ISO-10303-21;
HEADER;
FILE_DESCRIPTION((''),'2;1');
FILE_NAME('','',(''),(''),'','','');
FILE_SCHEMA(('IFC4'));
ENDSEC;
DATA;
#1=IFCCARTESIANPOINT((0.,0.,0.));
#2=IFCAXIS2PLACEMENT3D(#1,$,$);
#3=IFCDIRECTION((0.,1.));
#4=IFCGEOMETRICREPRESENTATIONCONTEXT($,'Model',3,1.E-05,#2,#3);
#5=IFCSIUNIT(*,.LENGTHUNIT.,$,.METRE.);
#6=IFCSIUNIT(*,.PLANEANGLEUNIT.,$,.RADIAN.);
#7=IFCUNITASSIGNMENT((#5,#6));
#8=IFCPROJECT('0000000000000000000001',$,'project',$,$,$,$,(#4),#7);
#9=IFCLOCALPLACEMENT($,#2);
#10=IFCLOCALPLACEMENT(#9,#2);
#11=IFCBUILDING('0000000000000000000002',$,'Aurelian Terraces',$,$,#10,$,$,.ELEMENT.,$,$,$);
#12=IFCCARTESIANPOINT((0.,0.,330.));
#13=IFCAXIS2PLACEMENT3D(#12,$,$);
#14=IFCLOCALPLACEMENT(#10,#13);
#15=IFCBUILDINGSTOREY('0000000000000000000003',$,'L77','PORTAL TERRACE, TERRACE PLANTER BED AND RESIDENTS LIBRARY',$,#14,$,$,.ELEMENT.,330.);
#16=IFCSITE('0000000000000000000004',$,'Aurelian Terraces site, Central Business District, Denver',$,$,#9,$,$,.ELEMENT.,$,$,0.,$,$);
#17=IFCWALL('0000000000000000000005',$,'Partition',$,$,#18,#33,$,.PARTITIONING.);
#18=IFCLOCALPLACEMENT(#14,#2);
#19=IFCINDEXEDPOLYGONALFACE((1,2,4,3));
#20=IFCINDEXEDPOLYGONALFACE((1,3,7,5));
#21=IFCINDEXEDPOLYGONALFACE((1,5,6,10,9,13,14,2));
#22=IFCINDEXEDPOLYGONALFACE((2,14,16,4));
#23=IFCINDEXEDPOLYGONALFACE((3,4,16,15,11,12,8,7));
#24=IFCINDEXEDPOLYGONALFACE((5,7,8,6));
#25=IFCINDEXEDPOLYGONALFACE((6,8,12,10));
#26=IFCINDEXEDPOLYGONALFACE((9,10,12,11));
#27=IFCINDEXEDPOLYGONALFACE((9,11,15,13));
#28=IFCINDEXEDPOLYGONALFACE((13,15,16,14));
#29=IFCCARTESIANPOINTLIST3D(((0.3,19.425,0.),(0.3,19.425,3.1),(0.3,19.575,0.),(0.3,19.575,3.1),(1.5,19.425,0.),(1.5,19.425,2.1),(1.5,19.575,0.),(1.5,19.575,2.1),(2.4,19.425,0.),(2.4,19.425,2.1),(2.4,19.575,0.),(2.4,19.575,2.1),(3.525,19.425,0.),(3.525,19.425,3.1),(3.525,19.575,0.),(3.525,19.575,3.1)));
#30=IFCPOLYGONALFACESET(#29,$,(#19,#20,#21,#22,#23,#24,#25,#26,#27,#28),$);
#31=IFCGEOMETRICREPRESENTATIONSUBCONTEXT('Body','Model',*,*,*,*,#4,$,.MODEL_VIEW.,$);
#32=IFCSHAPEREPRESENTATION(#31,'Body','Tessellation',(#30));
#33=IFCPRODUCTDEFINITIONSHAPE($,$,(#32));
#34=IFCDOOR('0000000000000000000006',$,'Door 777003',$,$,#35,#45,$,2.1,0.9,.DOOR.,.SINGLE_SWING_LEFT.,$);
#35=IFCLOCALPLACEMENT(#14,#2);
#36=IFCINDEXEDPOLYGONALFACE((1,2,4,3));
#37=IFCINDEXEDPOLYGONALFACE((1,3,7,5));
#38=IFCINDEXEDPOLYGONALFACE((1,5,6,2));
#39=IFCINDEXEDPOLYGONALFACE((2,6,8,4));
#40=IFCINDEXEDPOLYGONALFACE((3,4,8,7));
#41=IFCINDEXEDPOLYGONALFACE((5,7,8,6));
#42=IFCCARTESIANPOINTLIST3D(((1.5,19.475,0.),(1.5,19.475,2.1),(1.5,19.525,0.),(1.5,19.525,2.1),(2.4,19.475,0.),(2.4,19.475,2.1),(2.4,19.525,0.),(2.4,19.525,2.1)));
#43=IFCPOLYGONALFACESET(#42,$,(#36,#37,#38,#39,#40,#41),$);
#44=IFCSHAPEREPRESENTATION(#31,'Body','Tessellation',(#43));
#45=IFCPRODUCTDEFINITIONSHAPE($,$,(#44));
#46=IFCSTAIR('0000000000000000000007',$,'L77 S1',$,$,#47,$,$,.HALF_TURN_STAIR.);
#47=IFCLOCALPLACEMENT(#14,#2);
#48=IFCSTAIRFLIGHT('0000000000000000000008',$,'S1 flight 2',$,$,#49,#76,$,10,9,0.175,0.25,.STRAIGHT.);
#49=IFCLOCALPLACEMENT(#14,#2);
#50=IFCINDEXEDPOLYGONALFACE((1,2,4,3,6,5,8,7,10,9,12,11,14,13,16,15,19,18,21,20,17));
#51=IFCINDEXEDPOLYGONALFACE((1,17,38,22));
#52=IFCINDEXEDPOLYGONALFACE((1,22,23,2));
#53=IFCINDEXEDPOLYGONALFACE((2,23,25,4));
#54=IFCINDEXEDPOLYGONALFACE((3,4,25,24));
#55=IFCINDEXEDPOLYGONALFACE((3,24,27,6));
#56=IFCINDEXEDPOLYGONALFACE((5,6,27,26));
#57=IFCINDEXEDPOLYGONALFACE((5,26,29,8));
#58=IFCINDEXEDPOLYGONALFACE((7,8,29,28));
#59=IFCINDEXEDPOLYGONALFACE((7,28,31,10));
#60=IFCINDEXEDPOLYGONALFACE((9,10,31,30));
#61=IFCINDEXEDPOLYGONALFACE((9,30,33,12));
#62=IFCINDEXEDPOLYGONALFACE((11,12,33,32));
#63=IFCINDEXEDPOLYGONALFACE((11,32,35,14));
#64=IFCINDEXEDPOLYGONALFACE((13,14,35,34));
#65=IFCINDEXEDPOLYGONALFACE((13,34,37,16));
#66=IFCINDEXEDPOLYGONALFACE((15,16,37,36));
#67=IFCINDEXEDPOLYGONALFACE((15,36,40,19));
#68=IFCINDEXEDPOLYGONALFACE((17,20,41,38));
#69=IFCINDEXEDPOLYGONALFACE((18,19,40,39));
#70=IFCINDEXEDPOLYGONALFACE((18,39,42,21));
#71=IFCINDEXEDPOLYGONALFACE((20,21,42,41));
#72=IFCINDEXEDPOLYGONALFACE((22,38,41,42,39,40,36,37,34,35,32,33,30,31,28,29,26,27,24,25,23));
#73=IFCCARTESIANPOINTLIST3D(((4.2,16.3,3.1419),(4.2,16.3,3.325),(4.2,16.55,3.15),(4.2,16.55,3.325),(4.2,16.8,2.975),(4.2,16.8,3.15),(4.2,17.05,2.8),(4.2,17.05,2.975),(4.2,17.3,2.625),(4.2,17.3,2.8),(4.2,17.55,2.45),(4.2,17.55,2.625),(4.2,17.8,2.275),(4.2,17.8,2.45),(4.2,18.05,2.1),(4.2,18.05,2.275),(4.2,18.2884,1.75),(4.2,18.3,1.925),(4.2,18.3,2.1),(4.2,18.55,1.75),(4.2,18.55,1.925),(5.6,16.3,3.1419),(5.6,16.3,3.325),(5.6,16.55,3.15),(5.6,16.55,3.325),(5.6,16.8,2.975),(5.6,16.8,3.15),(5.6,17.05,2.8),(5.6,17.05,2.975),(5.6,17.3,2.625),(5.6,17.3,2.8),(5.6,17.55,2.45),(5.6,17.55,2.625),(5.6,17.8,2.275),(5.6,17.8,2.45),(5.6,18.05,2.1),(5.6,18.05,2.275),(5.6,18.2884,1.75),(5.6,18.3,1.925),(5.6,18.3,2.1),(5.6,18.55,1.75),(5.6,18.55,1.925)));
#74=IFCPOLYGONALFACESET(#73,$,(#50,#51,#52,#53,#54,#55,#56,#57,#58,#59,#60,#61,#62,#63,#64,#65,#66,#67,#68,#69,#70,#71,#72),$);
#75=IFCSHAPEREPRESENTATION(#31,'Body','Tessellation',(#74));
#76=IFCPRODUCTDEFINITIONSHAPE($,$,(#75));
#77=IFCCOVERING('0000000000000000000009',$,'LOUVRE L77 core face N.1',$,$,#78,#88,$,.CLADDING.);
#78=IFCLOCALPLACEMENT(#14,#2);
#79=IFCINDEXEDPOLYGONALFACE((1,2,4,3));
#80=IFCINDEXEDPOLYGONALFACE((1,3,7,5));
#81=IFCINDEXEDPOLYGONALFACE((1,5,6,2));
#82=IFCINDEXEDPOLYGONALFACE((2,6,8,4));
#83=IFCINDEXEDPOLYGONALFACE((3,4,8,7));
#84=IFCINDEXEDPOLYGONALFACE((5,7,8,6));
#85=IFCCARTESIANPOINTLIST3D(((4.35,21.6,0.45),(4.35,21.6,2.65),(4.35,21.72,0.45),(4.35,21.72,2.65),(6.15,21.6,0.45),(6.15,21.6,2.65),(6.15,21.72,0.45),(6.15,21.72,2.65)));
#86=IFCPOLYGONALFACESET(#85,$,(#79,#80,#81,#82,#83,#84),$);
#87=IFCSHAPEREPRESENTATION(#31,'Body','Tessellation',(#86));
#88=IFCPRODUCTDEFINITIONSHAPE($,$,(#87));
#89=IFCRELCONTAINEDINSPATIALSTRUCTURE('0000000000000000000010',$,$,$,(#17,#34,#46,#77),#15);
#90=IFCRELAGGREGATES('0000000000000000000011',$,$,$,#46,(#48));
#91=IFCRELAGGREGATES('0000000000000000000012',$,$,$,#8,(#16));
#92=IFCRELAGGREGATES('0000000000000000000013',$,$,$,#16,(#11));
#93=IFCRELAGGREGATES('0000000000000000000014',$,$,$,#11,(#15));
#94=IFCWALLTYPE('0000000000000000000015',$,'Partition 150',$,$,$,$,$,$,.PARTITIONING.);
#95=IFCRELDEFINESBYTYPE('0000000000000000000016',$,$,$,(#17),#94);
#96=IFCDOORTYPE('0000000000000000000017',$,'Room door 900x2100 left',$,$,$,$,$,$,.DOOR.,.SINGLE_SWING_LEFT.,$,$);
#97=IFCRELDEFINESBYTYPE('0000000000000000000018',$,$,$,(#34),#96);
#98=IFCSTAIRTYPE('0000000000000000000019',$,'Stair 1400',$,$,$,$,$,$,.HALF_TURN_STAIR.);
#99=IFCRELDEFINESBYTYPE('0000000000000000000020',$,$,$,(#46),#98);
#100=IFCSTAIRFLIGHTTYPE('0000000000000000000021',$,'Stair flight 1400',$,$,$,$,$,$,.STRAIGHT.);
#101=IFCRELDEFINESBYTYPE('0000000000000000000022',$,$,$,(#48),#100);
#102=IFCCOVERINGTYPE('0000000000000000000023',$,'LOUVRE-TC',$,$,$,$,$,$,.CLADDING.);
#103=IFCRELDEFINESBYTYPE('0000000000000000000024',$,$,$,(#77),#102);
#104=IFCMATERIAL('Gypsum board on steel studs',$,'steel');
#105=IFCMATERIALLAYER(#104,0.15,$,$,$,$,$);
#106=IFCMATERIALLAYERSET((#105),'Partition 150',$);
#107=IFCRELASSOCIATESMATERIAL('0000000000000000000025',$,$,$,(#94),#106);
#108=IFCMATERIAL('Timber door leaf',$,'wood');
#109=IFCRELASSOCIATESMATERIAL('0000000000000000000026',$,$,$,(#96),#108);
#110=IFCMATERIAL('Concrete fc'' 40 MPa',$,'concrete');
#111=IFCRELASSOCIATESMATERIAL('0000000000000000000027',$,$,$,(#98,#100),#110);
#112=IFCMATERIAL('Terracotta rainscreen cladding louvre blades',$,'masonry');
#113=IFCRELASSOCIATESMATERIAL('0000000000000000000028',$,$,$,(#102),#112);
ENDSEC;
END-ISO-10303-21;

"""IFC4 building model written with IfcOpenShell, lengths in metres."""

from ifc_helpers import new_model, si_unit, direction, frame, frame_2d, origin, origin_2d, place, context, subcontext, project, spatial, polyline, rectangle, outline, extrude, source, transform, mapped, material, layer, layer_set, type_object, element, fill, aggregate, save


model = new_model("IFC4")

# Units and contexts
model_context = context("Model", 3, precision=1e-05, world=origin(), true_north=direction((0.0, 1.0)))
body_context = subcontext(model_context, "Body", "Model", "MODEL_VIEW")
ifc_project = project(units=[si_unit("LENGTHUNIT", "METRE"), si_unit("PLANEANGLEUNIT", "RADIAN")], contexts=[model_context])

# Site, building, storey
site_placement = place(None, origin())
site = spatial("IfcSite", under=ifc_project, at=site_placement, Name="Aurelian Terraces site, Central Business District, Denver", CompositionType="ELEMENT", RefElevation=0.0)
building_placement = place(site_placement, origin())
building = spatial("IfcBuilding", under=site, at=building_placement, Name="Aurelian Terraces", CompositionType="ELEMENT")
storey_placement = place(building_placement, frame((0.0, 0.0, 330.0)))
storey = spatial("IfcBuildingStorey", under=building, at=storey_placement, Name="L77", Description="PORTAL TERRACE, TERRACE PLANTER BED AND RESIDENTS LIBRARY", CompositionType="ELEMENT", Elevation=330.0)

# Wall, opening, door
ifc_material_1 = material(Name="Gypsum board on steel studs", Category="steel")
ifc_layer_1 = layer(ifc_material_1, 0.15)
ifc_layer_set_1 = layer_set([ifc_layer_1], Name="Partition 150")
wall_type_1 = type_object("IfcWallType", Name="Partition 150", PredefinedType="PARTITIONING", material=ifc_layer_set_1)
shared_shape_1 = source(origin(), body_context, "Body", "SweptSolid", [
    extrude(rectangle(XDim=3.225, YDim=0.15, at=frame_2d((1.6125, 0.0))), origin(), (0.0, 0.0, 1.0), 3.1),
])
wall_1_placement = place(storey_placement, frame((0.3, 19.5, 0.0), z_axis=(0.0, 0.0, 1.0), x_axis=(1.0, 0.0, 0.0)))
wall_1 = element("IfcWall", 1, at=wall_1_placement, inside=storey, type_object=wall_type_1, Name="Partition", PredefinedType="PARTITIONING", context=body_context, shape_type="MappedRepresentation", body=[
    mapped(shared_shape_1, transform((0.0, 0.0, 0.0), scale=1.0)),
])
shared_shape_2 = source(origin(), body_context, "Body", "SweptSolid", [
    extrude(rectangle(XDim=0.9, YDim=2.1, at=frame_2d((0.45, 1.05))), frame((0.0, 0.085, 0.0), z_axis=(0.0, -1.0, 0.0), x_axis=(1.0, 0.0, 0.0)), (0.0, 0.0, 1.0), 0.17),
])
opening_1_placement = place(wall_1_placement, frame((1.2, 0.0, 0.0)))
opening_1 = element("IfcOpeningElement", 2, at=opening_1_placement, cuts=wall_1, PredefinedType="OPENING", context=body_context, shape_type="MappedRepresentation", body=[
    mapped(shared_shape_2, transform((0.0, 0.0, 0.0), scale=1.0)),
])
ifc_material_2 = material(Name="Timber door leaf", Category="wood")
door_type = type_object("IfcDoorType", Name="Room door 900x2100 left", OperationType="SINGLE_SWING_LEFT", PredefinedType="DOOR", material=ifc_material_2)
shared_shape_3 = source(origin(), body_context, "Body", "SweptSolid", [
    extrude(rectangle(XDim=0.9, YDim=2.1, at=frame_2d((0.45, 1.05))), frame((0.0, 0.025, 0.0), z_axis=(0.0, -1.0, 0.0), x_axis=(1.0, 0.0, 0.0)), (0.0, 0.0, 1.0), 0.05),
])
door_placement = place(opening_1_placement, origin())
door = element("IfcDoor", 3, at=door_placement, inside=storey, type_object=door_type, Name="Door 777003", OperationType="SINGLE_SWING_LEFT", OverallHeight=2.1, OverallWidth=0.9, PredefinedType="DOOR", context=body_context, shape_type="MappedRepresentation", body=[
    mapped(shared_shape_3, transform((0.0, 0.0, 0.0), scale=1.0)),
])
fill(opening_1, door)

# Stair, stair flight
ifc_material_3 = material(Name="Concrete fc' 40 MPa", Category="concrete")
stair_type = type_object("IfcStairType", Name="Stair 1400", PredefinedType="HALF_TURN_STAIR", material=ifc_material_3)
stair_placement = place(storey_placement, origin())
stair = element("IfcStair", 4, at=stair_placement, inside=storey, type_object=stair_type, Name="L77 S1", PredefinedType="HALF_TURN_STAIR")
stair_flight_type = type_object("IfcStairFlightType", Name="Stair flight 1400", PredefinedType="STRAIGHT", material=ifc_material_3)
shared_shape_4 = source(origin(), body_context, "Body", "SweptSolid", [
    extrude(outline(polyline([(0.0, 0.0), (0.0, 0.175), (0.25, 0.175), (0.25, 0.35), (0.5, 0.35), (0.5, 0.525), (0.75, 0.525), (0.75, 0.7), (1.0, 0.7), (1.0, 0.875), (1.25, 0.875), (1.25, 1.05), (1.5, 1.05), (1.5, 1.225), (1.75, 1.225), (1.75, 1.4), (2.0, 1.4), (2.0, 1.575), (2.25, 1.575), (2.25, 1.75), (2.25, 1.3919), (0.2616, 0.0), (0.0, 0.0)])), frame((0.0, 0.7, 0.0), z_axis=(0.0, -1.0, 0.0), x_axis=(1.0, 0.0, 0.0)), (0.0, 0.0, 1.0), 1.4),
])
stair_flight_placement = place(storey_placement, frame((4.9, 18.55, 1.75), z_axis=(0.0, 0.0, 1.0), x_axis=(0.0, -1.0, 0.0)))
stair_flight = element("IfcStairFlight", 5, at=stair_flight_placement, type_object=stair_flight_type, Name="S1 flight 2", NumberOfRisers=10, NumberOfTreads=9, PredefinedType="STRAIGHT", RiserHeight=0.175, TreadLength=0.25, context=body_context, shape_type="MappedRepresentation", body=[
    mapped(shared_shape_4, transform((0.0, 0.0, 0.0), scale=1.0)),
])
aggregate(stair, [stair_flight])

# Covering
ifc_material_4 = material(Name="Terracotta rainscreen cladding louvre blades", Category="masonry")
covering_type_1 = type_object("IfcCoveringType", Name="LOUVRE-TC", PredefinedType="CLADDING", material=ifc_material_4)
shared_shape_5 = source(origin(), body_context, "Body", "SweptSolid", [
    extrude(rectangle(XDim=1.8, YDim=0.12, at=origin_2d()), origin(), (0.0, 0.0, 1.0), 2.2),
])
covering_1_placement = place(storey_placement, frame((5.25, 21.66, 0.45), z_axis=(0.0, 0.0, 1.0), x_axis=(1.0, 0.0, 0.0)))
element("IfcCovering", 6, at=covering_1_placement, inside=storey, type_object=covering_type_1, Name="LOUVRE L77 core face N.1", PredefinedType="CLADDING", context=body_context, shape_type="MappedRepresentation", body=[
    mapped(shared_shape_5, transform((0.0, 0.0, 0.0), scale=1.0)),
])

save(model, "model.ifc")
